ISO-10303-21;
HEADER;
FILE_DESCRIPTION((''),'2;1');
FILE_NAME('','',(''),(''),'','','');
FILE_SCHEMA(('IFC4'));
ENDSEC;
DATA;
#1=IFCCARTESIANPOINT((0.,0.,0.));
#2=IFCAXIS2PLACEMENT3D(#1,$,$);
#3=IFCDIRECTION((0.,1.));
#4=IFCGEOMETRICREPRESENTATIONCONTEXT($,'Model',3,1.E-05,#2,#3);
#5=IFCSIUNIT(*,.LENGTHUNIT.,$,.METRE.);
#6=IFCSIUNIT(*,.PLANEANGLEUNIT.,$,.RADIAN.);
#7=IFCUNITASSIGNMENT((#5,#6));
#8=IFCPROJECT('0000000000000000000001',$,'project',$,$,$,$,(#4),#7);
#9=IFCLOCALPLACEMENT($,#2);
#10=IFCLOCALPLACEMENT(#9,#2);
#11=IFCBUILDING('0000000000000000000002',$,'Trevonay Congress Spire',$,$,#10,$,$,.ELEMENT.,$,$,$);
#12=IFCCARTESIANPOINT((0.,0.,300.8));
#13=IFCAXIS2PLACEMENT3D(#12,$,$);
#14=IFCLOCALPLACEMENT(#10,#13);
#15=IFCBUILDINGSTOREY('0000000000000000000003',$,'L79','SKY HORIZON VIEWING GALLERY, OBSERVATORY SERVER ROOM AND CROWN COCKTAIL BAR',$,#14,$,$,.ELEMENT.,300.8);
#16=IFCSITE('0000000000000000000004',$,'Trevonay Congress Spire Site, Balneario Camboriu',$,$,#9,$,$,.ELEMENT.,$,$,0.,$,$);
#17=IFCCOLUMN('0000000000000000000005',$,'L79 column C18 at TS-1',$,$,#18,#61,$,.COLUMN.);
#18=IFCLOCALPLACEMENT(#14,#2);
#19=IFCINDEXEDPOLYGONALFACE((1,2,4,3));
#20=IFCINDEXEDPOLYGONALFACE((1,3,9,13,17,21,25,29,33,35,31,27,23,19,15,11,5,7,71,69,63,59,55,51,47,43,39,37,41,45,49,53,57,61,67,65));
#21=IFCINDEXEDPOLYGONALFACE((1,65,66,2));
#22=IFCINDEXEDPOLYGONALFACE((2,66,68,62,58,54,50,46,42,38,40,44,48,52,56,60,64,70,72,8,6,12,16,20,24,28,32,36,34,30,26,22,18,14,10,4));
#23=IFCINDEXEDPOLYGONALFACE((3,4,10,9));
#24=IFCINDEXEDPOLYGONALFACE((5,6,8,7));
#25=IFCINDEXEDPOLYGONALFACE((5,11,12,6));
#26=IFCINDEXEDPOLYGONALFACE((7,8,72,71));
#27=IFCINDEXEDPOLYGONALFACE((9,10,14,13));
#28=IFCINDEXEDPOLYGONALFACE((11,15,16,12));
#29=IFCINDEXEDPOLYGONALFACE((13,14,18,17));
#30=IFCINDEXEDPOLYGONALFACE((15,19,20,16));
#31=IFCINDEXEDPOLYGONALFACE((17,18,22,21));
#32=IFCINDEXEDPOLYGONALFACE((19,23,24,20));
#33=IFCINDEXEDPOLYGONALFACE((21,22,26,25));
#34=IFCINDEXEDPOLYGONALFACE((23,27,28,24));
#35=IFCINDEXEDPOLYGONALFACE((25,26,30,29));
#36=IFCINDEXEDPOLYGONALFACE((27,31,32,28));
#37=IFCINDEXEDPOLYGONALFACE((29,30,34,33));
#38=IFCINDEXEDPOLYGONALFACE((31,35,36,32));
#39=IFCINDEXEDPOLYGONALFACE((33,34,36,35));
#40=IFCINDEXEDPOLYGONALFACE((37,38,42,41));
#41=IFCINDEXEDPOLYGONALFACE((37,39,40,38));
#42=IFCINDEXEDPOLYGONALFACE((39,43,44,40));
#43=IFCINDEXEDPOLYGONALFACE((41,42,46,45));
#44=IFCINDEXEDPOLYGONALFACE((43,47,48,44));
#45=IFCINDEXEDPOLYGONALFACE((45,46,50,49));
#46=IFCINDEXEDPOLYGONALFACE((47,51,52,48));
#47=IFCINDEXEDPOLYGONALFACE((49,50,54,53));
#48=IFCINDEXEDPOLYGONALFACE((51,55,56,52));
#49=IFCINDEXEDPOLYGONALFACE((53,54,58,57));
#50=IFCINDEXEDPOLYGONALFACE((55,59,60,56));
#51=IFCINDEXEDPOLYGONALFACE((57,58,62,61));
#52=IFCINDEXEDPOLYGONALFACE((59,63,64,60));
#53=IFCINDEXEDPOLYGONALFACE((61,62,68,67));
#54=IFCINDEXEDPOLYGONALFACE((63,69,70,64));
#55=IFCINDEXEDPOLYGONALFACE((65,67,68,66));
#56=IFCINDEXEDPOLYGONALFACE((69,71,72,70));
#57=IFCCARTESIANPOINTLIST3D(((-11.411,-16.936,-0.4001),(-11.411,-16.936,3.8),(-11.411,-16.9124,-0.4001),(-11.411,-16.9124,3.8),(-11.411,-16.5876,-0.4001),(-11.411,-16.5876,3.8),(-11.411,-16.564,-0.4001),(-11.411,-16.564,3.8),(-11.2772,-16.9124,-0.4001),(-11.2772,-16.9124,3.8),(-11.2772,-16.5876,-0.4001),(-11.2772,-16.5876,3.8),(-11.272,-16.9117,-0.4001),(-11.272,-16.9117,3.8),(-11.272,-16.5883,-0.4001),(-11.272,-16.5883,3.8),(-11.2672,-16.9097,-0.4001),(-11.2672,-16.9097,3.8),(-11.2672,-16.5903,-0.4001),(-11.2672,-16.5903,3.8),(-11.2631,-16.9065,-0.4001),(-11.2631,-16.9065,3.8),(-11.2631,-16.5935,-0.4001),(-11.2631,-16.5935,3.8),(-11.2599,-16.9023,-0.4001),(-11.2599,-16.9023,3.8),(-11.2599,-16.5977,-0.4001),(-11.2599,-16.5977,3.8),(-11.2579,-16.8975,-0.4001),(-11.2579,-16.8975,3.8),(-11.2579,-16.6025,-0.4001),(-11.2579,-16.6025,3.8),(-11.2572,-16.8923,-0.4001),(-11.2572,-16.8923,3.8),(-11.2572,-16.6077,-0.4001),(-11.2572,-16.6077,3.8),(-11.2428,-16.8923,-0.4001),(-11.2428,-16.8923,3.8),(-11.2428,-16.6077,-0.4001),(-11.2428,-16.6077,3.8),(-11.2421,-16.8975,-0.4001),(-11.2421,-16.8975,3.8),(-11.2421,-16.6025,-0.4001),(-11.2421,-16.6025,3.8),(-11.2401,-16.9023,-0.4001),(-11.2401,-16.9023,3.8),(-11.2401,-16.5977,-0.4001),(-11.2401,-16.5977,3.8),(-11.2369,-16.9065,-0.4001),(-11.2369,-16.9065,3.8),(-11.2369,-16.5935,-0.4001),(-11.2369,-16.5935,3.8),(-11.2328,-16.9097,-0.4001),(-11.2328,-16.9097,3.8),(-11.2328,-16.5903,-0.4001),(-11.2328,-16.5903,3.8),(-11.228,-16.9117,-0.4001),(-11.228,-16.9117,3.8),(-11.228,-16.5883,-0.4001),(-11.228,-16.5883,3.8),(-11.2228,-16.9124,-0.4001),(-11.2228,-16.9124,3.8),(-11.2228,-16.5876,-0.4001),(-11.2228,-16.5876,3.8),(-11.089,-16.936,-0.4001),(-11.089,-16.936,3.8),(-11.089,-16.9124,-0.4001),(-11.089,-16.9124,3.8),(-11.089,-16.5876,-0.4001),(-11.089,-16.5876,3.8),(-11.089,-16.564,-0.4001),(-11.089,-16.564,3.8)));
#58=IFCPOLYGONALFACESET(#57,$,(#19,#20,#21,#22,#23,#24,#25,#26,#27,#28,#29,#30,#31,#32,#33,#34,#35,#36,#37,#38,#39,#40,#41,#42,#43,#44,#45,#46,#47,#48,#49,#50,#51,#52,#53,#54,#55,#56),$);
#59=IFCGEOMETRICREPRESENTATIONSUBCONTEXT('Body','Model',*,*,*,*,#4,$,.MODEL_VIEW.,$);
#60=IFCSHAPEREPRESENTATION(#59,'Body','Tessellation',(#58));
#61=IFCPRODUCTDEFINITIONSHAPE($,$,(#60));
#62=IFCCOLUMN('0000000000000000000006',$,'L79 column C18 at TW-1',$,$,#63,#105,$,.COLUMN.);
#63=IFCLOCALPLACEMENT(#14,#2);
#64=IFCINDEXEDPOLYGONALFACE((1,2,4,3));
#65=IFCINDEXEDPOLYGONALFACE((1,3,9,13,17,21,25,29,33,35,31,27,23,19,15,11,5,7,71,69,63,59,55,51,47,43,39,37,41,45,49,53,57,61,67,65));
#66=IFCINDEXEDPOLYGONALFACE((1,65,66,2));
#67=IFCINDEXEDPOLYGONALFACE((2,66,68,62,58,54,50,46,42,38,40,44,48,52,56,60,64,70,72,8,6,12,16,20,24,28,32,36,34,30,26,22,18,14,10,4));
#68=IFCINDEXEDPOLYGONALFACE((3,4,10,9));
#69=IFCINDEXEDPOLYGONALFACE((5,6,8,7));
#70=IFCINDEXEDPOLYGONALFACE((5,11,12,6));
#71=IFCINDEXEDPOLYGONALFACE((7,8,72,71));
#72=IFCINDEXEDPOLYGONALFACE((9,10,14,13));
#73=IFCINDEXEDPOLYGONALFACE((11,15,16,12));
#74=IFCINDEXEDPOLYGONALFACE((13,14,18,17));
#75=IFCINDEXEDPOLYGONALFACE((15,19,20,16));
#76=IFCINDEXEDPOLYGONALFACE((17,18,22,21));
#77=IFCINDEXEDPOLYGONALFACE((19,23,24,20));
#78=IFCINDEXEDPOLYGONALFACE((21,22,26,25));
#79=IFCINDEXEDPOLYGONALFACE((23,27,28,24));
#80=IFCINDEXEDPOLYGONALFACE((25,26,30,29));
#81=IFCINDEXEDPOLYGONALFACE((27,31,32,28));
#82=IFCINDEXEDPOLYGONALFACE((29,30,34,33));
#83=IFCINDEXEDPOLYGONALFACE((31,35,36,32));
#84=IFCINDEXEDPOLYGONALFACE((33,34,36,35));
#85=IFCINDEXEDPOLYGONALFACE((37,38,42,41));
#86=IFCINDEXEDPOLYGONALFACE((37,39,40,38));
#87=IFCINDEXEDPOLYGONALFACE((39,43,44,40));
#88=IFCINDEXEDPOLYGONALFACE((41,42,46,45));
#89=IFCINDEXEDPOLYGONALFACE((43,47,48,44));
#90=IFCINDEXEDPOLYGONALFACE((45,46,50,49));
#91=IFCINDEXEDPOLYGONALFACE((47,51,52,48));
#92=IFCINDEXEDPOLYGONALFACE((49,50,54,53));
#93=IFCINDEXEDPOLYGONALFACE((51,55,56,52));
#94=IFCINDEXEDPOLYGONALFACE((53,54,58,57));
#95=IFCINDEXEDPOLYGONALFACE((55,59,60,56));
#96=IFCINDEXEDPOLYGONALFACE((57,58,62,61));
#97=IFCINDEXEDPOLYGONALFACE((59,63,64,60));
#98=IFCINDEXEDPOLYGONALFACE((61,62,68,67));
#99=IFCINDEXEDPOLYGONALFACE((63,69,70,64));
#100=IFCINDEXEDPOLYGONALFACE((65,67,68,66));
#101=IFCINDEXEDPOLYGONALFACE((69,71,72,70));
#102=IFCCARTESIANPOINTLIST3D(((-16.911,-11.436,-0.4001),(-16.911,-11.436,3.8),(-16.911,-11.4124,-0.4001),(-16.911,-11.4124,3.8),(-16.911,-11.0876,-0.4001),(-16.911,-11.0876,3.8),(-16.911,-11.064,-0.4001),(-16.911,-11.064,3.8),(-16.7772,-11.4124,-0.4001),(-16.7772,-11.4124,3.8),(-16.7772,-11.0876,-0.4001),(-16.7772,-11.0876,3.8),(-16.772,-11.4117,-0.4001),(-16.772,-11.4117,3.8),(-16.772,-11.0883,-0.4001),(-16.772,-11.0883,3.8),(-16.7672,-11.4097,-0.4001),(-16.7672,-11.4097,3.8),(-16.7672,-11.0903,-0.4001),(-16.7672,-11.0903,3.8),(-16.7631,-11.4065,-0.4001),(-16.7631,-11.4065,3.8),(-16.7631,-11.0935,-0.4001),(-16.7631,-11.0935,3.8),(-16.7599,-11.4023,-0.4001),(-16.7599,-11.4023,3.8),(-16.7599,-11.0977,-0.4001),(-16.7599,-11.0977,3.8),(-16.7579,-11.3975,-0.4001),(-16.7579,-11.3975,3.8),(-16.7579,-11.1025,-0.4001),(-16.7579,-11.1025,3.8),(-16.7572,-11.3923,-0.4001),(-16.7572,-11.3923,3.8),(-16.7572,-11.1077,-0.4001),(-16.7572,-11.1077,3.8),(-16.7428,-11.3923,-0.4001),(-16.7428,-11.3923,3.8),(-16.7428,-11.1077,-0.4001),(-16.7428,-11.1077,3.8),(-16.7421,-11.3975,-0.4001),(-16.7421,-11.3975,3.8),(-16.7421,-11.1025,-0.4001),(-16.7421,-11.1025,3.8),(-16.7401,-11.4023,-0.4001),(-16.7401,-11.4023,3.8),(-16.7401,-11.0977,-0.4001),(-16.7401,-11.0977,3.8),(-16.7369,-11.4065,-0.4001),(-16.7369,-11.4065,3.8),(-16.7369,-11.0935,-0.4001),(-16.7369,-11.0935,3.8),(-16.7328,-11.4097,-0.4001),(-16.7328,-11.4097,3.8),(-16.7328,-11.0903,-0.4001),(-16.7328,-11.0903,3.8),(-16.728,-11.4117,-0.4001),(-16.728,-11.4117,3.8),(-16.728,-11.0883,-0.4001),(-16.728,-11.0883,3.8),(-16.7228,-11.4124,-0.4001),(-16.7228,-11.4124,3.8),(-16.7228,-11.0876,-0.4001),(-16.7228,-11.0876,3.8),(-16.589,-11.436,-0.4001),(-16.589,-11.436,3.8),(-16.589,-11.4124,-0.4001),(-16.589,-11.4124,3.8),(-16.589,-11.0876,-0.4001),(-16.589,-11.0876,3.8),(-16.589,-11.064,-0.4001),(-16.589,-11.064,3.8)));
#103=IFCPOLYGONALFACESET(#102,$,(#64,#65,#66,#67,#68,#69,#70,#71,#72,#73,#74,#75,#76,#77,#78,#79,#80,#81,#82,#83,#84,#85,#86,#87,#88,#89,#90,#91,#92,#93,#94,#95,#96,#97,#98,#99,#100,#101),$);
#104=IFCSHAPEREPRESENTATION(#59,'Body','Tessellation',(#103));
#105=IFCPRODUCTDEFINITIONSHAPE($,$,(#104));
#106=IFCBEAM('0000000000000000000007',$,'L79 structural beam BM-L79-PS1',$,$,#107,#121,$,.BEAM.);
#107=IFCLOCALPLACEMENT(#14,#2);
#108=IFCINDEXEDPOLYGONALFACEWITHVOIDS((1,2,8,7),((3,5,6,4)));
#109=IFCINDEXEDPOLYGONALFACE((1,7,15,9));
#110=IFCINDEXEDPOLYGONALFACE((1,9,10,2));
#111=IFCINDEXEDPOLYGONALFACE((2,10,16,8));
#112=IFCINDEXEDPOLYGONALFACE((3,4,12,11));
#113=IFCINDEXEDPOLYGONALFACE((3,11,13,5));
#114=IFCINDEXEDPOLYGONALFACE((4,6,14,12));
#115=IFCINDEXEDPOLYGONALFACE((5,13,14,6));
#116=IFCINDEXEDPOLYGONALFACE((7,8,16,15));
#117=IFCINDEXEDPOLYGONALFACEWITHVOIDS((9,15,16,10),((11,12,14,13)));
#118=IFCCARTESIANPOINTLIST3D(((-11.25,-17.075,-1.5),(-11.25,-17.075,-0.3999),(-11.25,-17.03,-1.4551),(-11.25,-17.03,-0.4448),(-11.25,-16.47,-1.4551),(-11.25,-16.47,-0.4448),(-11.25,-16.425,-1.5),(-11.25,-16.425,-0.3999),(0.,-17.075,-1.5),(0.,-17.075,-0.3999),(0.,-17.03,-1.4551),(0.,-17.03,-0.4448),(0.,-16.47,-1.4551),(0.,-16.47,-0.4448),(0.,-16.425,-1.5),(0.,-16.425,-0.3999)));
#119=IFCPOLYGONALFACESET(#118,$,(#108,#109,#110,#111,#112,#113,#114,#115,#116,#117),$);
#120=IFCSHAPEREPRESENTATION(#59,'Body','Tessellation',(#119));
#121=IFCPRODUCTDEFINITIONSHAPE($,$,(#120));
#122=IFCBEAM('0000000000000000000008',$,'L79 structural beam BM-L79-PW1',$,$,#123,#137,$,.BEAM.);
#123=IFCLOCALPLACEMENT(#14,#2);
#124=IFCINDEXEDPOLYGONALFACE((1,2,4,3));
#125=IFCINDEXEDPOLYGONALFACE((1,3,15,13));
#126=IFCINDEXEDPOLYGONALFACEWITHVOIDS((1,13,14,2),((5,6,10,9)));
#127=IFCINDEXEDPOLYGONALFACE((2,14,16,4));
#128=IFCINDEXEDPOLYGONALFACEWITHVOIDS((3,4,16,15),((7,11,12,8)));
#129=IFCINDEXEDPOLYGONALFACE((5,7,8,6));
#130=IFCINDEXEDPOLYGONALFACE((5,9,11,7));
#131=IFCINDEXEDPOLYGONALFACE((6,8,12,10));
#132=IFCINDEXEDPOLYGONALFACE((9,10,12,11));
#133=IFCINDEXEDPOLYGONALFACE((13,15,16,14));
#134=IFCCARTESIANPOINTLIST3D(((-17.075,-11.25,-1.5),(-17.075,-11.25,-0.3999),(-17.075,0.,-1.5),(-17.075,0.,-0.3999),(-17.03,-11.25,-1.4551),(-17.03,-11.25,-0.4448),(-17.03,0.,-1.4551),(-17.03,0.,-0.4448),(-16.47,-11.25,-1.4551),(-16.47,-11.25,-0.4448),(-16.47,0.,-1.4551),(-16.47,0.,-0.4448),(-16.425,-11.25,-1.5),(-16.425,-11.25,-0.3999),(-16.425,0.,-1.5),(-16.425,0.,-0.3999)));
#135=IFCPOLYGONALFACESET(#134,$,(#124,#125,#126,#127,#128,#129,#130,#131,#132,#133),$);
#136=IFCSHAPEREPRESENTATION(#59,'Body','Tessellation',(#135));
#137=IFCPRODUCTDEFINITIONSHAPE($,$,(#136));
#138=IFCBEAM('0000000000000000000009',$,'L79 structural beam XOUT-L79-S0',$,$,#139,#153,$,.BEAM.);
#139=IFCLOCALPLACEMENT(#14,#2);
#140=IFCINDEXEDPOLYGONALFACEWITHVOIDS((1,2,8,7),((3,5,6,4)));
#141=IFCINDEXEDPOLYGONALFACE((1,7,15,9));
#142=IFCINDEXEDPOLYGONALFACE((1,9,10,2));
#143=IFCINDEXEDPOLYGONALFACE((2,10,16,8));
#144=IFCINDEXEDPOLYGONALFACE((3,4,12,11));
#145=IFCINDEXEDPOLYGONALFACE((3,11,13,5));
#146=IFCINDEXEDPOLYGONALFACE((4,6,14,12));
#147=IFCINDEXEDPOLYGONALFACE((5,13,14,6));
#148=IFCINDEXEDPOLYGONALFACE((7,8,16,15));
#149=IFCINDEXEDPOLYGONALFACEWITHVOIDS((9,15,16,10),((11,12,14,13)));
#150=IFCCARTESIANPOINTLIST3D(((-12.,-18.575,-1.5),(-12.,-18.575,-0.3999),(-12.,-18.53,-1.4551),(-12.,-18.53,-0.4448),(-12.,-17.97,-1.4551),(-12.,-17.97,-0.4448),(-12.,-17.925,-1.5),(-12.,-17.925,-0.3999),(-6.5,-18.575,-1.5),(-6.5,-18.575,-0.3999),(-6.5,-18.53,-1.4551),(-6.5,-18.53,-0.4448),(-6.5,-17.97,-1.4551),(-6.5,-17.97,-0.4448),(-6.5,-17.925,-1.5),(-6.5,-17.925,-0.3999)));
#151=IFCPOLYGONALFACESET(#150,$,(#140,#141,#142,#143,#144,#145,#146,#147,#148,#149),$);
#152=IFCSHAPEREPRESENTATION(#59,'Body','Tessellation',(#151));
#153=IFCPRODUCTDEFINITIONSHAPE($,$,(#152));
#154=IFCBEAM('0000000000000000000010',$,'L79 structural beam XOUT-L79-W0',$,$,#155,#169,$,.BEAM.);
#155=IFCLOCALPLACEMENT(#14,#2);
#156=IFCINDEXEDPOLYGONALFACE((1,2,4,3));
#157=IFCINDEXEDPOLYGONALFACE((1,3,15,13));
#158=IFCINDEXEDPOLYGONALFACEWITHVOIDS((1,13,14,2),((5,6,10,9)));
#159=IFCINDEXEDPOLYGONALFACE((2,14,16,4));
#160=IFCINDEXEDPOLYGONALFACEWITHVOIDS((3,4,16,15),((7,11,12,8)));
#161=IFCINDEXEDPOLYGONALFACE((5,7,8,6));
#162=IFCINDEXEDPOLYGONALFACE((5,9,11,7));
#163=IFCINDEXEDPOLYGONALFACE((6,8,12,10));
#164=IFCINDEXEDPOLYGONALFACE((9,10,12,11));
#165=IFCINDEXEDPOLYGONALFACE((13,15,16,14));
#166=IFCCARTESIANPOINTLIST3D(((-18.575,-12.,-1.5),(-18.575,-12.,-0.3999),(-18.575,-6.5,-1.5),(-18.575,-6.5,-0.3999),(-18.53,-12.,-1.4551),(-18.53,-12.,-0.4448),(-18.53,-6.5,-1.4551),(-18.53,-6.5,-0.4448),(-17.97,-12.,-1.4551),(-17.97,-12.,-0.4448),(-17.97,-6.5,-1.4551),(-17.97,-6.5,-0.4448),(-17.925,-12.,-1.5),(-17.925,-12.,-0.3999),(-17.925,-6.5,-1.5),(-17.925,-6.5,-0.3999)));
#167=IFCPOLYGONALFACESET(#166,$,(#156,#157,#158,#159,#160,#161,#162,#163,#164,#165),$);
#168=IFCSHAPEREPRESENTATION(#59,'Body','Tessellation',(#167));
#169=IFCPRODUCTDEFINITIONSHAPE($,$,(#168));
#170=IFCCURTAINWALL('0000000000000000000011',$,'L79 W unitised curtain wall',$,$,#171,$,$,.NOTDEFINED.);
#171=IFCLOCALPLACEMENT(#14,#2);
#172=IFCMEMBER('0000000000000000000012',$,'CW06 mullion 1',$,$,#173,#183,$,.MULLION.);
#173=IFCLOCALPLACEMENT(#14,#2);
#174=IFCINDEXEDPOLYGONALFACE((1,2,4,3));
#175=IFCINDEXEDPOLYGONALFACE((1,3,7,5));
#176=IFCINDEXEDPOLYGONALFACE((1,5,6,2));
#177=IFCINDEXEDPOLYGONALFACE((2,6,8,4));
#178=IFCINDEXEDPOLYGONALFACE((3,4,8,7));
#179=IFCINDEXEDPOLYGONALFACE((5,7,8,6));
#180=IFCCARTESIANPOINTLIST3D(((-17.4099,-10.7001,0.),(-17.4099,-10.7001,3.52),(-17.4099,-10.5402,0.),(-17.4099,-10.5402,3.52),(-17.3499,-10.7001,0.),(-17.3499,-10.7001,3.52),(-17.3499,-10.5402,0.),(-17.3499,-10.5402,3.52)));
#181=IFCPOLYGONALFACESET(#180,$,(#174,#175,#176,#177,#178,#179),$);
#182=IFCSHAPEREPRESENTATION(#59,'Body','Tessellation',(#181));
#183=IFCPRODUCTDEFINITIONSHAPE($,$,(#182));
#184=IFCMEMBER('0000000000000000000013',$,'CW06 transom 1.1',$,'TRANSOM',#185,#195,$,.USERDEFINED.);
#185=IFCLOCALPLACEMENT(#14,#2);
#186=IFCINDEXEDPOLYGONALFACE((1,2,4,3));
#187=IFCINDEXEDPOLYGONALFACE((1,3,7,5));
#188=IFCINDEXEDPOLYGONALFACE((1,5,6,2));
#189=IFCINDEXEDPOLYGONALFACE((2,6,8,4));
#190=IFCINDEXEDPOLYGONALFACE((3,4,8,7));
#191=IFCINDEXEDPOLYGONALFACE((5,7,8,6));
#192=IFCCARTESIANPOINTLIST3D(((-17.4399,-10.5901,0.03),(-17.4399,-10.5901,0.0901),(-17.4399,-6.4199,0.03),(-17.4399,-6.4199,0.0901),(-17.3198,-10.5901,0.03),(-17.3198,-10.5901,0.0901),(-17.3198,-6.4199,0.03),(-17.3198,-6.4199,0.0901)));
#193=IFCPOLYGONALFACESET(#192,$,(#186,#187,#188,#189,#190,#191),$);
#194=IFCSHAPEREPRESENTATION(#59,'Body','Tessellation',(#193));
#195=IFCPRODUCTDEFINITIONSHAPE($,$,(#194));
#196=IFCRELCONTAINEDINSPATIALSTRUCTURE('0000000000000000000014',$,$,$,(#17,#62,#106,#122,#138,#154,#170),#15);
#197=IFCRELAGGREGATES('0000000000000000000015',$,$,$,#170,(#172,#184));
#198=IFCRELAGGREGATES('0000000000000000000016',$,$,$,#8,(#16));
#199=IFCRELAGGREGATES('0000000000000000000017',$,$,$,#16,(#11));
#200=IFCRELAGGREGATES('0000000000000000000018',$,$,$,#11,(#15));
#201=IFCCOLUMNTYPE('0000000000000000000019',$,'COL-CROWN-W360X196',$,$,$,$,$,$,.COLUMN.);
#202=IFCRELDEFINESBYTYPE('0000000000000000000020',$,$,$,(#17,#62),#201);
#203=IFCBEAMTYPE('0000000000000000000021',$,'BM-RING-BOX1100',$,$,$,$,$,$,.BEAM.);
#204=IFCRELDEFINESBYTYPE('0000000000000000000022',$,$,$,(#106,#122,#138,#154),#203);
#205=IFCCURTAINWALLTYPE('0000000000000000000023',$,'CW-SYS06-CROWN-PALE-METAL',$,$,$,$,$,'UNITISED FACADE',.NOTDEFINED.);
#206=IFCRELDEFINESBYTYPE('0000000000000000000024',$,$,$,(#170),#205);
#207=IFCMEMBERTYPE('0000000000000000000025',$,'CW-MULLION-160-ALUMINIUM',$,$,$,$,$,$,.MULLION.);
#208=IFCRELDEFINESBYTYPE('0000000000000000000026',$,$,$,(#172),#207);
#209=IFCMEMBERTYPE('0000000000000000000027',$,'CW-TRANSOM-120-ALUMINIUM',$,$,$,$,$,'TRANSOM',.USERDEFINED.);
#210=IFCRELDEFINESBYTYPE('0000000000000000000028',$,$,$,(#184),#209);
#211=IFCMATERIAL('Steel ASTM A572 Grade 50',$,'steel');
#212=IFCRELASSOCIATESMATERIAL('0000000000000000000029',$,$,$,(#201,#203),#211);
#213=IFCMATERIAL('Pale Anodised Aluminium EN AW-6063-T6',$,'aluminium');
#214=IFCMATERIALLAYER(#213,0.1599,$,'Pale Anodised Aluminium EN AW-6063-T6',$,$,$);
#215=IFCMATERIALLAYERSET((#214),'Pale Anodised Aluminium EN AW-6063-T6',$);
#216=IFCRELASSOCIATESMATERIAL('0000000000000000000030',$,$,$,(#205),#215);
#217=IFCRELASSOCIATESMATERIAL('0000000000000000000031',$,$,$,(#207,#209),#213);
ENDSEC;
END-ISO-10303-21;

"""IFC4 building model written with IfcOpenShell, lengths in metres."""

from ifc_helpers import new_model, si_unit, direction, frame, origin, origin_2d, place, context, subcontext, project, spatial, rectangle, hollow_rectangle, i_section, extrude, material, layer, layer_set, material_profile, profile_set, type_object, element, aggregate, save


model = new_model("IFC4")

# Units and contexts
model_context = context("Model", 3, precision=1e-05, world=origin(), true_north=direction((0.0, 1.0)))
body_context = subcontext(model_context, "Body", "Model", "MODEL_VIEW")
ifc_project = project(units=[si_unit("LENGTHUNIT", "METRE"), si_unit("PLANEANGLEUNIT", "RADIAN")], contexts=[model_context])

# Site, building, storey
site_placement = place(None, origin())
site = spatial("IfcSite", under=ifc_project, at=site_placement, Name="Trevonay Congress Spire Site, Balneario Camboriu", CompositionType="ELEMENT", RefElevation=0.0)
building_placement = place(site_placement, origin())
building = spatial("IfcBuilding", under=site, at=building_placement, Name="Trevonay Congress Spire", CompositionType="ELEMENT")
storey_placement = place(building_placement, frame((0.0, 0.0, 300.8)))
storey = spatial("IfcBuildingStorey", under=building, at=storey_placement, Name="L79", Description="SKY HORIZON VIEWING GALLERY, OBSERVATORY SERVER ROOM AND CROWN COCKTAIL BAR", CompositionType="ELEMENT", Elevation=300.8)

# Columns
ifc_material_1 = material(Name="Steel ASTM A572 Grade 50", Category="steel")
ifc_material_profile_1 = material_profile(ifc_material_1, i_section(OverallWidth=0.322, OverallDepth=0.3721, WebThickness=0.0144, FlangeThickness=0.0237, FilletRadius=0.02, at=origin_2d()), Name="W360x196")
ifc_profile_set_1 = profile_set([ifc_material_profile_1], Name="Steel ASTM A572 Grade 50")
column_type = type_object("IfcColumnType", Name="COL-CROWN-W360X196", PredefinedType="COLUMN", material=ifc_profile_set_1)
for number, where, z_axis, x_axis, name in (
    (1, (-11.25, -16.75, -0.4001), (0.0, 0.0, 1.0), (1.0, 0.0, 0.0), "L79 column C18 at TS-1"),
    (2, (-16.75, -11.25, -0.4001), (0.0, 0.0, 1.0), (1.0, 0.0, 0.0), "L79 column C18 at TW-1"),
):
    element("IfcColumn", number, at=place(storey_placement, frame(where, z_axis=z_axis, x_axis=x_axis)), inside=storey, type_object=column_type, Name=name, PredefinedType="COLUMN", context=body_context, shape_type="SweptSolid", body=[
        extrude(i_section(OverallWidth=0.322, OverallDepth=0.3721, WebThickness=0.0144, FlangeThickness=0.0237, FilletRadius=0.02, at=origin_2d()), origin(), (0.0, 0.0, 1.0), 4.2002),
    ])

# Beams
ifc_material_profile_2 = material_profile(ifc_material_1, hollow_rectangle(XDim=0.6499, YDim=1.1001, WallThickness=0.0449, at=origin_2d()), Name="BOX 1100x650x45")
ifc_profile_set_2 = profile_set([ifc_material_profile_2], Name="Steel ASTM A572 Grade 50")
beam_type_1 = type_object("IfcBeamType", Name="BM-RING-BOX1100", PredefinedType="BEAM", material=ifc_profile_set_2)
for number, where, z_axis, x_axis, name in (
    (3, (-11.25, -16.75, -0.95), (1.0, 0.0, 0.0), (0.0, 1.0, 0.0), "L79 structural beam BM-L79-PS1"),
    (4, (-16.75, -11.25, -0.95), (0.0, 1.0, 0.0), (-1.0, 0.0, 0.0), "L79 structural beam BM-L79-PW1"),
):
    element("IfcBeam", number, at=place(storey_placement, frame(where, z_axis=z_axis, x_axis=x_axis)), inside=storey, type_object=beam_type_1, Name=name, PredefinedType="BEAM", context=body_context, shape_type="SweptSolid", body=[
        extrude(hollow_rectangle(XDim=0.6499, YDim=1.1001, WallThickness=0.0449, at=origin_2d()), origin(), (0.0, 0.0, 1.0), 11.25),
    ])
for number, where, z_axis, x_axis, name in (
    (5, (-12.0, -18.25, -0.95), (1.0, 0.0, 0.0), (0.0, 1.0, 0.0), "L79 structural beam XOUT-L79-S0"),
    (6, (-18.25, -12.0, -0.95), (0.0, 1.0, 0.0), (-1.0, 0.0, 0.0), "L79 structural beam XOUT-L79-W0"),
):
    element("IfcBeam", number, at=place(storey_placement, frame(where, z_axis=z_axis, x_axis=x_axis)), inside=storey, type_object=beam_type_1, Name=name, PredefinedType="BEAM", context=body_context, shape_type="SweptSolid", body=[
        extrude(hollow_rectangle(XDim=0.6499, YDim=1.1001, WallThickness=0.0449, at=origin_2d()), origin(), (0.0, 0.0, 1.0), 5.5),
    ])

# Curtain wall, members
ifc_material_2 = material(Name="Pale Anodised Aluminium EN AW-6063-T6", Category="aluminium")
ifc_layer_1 = layer(ifc_material_2, 0.1599, Name="Pale Anodised Aluminium EN AW-6063-T6")
ifc_layer_set_1 = layer_set([ifc_layer_1], Name="Pale Anodised Aluminium EN AW-6063-T6")
curtain_wall_type = type_object("IfcCurtainWallType", Name="CW-SYS06-CROWN-PALE-METAL", ElementType="UNITISED FACADE", PredefinedType="NOTDEFINED", material=ifc_layer_set_1)
curtain_wall_placement = place(storey_placement, origin())
curtain_wall = element("IfcCurtainWall", 7, at=curtain_wall_placement, inside=storey, type_object=curtain_wall_type, Name="L79 W unitised curtain wall", PredefinedType="NOTDEFINED")
ifc_material_profile_3 = material_profile(ifc_material_2, rectangle(XDim=0.0601, YDim=0.1599, at=origin_2d()), Name="CW-MULLION-160-ALUMINIUM")
ifc_profile_set_3 = profile_set([ifc_material_profile_3], Name="Pale Anodised Aluminium EN AW-6063-T6")
member_type_1 = type_object("IfcMemberType", Name="CW-MULLION-160-ALUMINIUM", PredefinedType="MULLION", material=ifc_profile_set_3)
member_1_placement = place(storey_placement, frame((-17.3799, -10.6201, 0.0), z_axis=(0.0, 0.0, 1.0), x_axis=(-1.0, 0.0, 0.0)))
member_1 = element("IfcMember", 8, at=member_1_placement, type_object=member_type_1, Name="CW06 mullion 1", PredefinedType="MULLION", context=body_context, shape_type="SweptSolid", body=[
    extrude(rectangle(XDim=0.0601, YDim=0.1599, at=origin_2d()), origin(), (0.0, 0.0, 1.0), 3.52),
])
ifc_material_profile_4 = material_profile(ifc_material_2, rectangle(XDim=0.1201, YDim=0.0601, at=origin_2d()), Name="CW-TRANSOM-120-ALUMINIUM")
ifc_profile_set_4 = profile_set([ifc_material_profile_4], Name="Pale Anodised Aluminium EN AW-6063-T6")
member_type_2 = type_object("IfcMemberType", Name="CW-TRANSOM-120-ALUMINIUM", ElementType="TRANSOM", PredefinedType="USERDEFINED", material=ifc_profile_set_4)
member_2_placement = place(storey_placement, frame((-17.3799, -10.5901, 0.0601), z_axis=(0.0, 1.0, 0.0), x_axis=(-1.0, 0.0, 0.0)))
member_2 = element("IfcMember", 9, at=member_2_placement, type_object=member_type_2, Name="CW06 transom 1.1", ObjectType="TRANSOM", PredefinedType="USERDEFINED", context=body_context, shape_type="SweptSolid", body=[
    extrude(rectangle(XDim=0.1201, YDim=0.0601, at=origin_2d()), origin(), (0.0, 0.0, 1.0), 4.1702),
])

aggregate(curtain_wall, [member_1, member_2])

save(model, "model.ifc")
